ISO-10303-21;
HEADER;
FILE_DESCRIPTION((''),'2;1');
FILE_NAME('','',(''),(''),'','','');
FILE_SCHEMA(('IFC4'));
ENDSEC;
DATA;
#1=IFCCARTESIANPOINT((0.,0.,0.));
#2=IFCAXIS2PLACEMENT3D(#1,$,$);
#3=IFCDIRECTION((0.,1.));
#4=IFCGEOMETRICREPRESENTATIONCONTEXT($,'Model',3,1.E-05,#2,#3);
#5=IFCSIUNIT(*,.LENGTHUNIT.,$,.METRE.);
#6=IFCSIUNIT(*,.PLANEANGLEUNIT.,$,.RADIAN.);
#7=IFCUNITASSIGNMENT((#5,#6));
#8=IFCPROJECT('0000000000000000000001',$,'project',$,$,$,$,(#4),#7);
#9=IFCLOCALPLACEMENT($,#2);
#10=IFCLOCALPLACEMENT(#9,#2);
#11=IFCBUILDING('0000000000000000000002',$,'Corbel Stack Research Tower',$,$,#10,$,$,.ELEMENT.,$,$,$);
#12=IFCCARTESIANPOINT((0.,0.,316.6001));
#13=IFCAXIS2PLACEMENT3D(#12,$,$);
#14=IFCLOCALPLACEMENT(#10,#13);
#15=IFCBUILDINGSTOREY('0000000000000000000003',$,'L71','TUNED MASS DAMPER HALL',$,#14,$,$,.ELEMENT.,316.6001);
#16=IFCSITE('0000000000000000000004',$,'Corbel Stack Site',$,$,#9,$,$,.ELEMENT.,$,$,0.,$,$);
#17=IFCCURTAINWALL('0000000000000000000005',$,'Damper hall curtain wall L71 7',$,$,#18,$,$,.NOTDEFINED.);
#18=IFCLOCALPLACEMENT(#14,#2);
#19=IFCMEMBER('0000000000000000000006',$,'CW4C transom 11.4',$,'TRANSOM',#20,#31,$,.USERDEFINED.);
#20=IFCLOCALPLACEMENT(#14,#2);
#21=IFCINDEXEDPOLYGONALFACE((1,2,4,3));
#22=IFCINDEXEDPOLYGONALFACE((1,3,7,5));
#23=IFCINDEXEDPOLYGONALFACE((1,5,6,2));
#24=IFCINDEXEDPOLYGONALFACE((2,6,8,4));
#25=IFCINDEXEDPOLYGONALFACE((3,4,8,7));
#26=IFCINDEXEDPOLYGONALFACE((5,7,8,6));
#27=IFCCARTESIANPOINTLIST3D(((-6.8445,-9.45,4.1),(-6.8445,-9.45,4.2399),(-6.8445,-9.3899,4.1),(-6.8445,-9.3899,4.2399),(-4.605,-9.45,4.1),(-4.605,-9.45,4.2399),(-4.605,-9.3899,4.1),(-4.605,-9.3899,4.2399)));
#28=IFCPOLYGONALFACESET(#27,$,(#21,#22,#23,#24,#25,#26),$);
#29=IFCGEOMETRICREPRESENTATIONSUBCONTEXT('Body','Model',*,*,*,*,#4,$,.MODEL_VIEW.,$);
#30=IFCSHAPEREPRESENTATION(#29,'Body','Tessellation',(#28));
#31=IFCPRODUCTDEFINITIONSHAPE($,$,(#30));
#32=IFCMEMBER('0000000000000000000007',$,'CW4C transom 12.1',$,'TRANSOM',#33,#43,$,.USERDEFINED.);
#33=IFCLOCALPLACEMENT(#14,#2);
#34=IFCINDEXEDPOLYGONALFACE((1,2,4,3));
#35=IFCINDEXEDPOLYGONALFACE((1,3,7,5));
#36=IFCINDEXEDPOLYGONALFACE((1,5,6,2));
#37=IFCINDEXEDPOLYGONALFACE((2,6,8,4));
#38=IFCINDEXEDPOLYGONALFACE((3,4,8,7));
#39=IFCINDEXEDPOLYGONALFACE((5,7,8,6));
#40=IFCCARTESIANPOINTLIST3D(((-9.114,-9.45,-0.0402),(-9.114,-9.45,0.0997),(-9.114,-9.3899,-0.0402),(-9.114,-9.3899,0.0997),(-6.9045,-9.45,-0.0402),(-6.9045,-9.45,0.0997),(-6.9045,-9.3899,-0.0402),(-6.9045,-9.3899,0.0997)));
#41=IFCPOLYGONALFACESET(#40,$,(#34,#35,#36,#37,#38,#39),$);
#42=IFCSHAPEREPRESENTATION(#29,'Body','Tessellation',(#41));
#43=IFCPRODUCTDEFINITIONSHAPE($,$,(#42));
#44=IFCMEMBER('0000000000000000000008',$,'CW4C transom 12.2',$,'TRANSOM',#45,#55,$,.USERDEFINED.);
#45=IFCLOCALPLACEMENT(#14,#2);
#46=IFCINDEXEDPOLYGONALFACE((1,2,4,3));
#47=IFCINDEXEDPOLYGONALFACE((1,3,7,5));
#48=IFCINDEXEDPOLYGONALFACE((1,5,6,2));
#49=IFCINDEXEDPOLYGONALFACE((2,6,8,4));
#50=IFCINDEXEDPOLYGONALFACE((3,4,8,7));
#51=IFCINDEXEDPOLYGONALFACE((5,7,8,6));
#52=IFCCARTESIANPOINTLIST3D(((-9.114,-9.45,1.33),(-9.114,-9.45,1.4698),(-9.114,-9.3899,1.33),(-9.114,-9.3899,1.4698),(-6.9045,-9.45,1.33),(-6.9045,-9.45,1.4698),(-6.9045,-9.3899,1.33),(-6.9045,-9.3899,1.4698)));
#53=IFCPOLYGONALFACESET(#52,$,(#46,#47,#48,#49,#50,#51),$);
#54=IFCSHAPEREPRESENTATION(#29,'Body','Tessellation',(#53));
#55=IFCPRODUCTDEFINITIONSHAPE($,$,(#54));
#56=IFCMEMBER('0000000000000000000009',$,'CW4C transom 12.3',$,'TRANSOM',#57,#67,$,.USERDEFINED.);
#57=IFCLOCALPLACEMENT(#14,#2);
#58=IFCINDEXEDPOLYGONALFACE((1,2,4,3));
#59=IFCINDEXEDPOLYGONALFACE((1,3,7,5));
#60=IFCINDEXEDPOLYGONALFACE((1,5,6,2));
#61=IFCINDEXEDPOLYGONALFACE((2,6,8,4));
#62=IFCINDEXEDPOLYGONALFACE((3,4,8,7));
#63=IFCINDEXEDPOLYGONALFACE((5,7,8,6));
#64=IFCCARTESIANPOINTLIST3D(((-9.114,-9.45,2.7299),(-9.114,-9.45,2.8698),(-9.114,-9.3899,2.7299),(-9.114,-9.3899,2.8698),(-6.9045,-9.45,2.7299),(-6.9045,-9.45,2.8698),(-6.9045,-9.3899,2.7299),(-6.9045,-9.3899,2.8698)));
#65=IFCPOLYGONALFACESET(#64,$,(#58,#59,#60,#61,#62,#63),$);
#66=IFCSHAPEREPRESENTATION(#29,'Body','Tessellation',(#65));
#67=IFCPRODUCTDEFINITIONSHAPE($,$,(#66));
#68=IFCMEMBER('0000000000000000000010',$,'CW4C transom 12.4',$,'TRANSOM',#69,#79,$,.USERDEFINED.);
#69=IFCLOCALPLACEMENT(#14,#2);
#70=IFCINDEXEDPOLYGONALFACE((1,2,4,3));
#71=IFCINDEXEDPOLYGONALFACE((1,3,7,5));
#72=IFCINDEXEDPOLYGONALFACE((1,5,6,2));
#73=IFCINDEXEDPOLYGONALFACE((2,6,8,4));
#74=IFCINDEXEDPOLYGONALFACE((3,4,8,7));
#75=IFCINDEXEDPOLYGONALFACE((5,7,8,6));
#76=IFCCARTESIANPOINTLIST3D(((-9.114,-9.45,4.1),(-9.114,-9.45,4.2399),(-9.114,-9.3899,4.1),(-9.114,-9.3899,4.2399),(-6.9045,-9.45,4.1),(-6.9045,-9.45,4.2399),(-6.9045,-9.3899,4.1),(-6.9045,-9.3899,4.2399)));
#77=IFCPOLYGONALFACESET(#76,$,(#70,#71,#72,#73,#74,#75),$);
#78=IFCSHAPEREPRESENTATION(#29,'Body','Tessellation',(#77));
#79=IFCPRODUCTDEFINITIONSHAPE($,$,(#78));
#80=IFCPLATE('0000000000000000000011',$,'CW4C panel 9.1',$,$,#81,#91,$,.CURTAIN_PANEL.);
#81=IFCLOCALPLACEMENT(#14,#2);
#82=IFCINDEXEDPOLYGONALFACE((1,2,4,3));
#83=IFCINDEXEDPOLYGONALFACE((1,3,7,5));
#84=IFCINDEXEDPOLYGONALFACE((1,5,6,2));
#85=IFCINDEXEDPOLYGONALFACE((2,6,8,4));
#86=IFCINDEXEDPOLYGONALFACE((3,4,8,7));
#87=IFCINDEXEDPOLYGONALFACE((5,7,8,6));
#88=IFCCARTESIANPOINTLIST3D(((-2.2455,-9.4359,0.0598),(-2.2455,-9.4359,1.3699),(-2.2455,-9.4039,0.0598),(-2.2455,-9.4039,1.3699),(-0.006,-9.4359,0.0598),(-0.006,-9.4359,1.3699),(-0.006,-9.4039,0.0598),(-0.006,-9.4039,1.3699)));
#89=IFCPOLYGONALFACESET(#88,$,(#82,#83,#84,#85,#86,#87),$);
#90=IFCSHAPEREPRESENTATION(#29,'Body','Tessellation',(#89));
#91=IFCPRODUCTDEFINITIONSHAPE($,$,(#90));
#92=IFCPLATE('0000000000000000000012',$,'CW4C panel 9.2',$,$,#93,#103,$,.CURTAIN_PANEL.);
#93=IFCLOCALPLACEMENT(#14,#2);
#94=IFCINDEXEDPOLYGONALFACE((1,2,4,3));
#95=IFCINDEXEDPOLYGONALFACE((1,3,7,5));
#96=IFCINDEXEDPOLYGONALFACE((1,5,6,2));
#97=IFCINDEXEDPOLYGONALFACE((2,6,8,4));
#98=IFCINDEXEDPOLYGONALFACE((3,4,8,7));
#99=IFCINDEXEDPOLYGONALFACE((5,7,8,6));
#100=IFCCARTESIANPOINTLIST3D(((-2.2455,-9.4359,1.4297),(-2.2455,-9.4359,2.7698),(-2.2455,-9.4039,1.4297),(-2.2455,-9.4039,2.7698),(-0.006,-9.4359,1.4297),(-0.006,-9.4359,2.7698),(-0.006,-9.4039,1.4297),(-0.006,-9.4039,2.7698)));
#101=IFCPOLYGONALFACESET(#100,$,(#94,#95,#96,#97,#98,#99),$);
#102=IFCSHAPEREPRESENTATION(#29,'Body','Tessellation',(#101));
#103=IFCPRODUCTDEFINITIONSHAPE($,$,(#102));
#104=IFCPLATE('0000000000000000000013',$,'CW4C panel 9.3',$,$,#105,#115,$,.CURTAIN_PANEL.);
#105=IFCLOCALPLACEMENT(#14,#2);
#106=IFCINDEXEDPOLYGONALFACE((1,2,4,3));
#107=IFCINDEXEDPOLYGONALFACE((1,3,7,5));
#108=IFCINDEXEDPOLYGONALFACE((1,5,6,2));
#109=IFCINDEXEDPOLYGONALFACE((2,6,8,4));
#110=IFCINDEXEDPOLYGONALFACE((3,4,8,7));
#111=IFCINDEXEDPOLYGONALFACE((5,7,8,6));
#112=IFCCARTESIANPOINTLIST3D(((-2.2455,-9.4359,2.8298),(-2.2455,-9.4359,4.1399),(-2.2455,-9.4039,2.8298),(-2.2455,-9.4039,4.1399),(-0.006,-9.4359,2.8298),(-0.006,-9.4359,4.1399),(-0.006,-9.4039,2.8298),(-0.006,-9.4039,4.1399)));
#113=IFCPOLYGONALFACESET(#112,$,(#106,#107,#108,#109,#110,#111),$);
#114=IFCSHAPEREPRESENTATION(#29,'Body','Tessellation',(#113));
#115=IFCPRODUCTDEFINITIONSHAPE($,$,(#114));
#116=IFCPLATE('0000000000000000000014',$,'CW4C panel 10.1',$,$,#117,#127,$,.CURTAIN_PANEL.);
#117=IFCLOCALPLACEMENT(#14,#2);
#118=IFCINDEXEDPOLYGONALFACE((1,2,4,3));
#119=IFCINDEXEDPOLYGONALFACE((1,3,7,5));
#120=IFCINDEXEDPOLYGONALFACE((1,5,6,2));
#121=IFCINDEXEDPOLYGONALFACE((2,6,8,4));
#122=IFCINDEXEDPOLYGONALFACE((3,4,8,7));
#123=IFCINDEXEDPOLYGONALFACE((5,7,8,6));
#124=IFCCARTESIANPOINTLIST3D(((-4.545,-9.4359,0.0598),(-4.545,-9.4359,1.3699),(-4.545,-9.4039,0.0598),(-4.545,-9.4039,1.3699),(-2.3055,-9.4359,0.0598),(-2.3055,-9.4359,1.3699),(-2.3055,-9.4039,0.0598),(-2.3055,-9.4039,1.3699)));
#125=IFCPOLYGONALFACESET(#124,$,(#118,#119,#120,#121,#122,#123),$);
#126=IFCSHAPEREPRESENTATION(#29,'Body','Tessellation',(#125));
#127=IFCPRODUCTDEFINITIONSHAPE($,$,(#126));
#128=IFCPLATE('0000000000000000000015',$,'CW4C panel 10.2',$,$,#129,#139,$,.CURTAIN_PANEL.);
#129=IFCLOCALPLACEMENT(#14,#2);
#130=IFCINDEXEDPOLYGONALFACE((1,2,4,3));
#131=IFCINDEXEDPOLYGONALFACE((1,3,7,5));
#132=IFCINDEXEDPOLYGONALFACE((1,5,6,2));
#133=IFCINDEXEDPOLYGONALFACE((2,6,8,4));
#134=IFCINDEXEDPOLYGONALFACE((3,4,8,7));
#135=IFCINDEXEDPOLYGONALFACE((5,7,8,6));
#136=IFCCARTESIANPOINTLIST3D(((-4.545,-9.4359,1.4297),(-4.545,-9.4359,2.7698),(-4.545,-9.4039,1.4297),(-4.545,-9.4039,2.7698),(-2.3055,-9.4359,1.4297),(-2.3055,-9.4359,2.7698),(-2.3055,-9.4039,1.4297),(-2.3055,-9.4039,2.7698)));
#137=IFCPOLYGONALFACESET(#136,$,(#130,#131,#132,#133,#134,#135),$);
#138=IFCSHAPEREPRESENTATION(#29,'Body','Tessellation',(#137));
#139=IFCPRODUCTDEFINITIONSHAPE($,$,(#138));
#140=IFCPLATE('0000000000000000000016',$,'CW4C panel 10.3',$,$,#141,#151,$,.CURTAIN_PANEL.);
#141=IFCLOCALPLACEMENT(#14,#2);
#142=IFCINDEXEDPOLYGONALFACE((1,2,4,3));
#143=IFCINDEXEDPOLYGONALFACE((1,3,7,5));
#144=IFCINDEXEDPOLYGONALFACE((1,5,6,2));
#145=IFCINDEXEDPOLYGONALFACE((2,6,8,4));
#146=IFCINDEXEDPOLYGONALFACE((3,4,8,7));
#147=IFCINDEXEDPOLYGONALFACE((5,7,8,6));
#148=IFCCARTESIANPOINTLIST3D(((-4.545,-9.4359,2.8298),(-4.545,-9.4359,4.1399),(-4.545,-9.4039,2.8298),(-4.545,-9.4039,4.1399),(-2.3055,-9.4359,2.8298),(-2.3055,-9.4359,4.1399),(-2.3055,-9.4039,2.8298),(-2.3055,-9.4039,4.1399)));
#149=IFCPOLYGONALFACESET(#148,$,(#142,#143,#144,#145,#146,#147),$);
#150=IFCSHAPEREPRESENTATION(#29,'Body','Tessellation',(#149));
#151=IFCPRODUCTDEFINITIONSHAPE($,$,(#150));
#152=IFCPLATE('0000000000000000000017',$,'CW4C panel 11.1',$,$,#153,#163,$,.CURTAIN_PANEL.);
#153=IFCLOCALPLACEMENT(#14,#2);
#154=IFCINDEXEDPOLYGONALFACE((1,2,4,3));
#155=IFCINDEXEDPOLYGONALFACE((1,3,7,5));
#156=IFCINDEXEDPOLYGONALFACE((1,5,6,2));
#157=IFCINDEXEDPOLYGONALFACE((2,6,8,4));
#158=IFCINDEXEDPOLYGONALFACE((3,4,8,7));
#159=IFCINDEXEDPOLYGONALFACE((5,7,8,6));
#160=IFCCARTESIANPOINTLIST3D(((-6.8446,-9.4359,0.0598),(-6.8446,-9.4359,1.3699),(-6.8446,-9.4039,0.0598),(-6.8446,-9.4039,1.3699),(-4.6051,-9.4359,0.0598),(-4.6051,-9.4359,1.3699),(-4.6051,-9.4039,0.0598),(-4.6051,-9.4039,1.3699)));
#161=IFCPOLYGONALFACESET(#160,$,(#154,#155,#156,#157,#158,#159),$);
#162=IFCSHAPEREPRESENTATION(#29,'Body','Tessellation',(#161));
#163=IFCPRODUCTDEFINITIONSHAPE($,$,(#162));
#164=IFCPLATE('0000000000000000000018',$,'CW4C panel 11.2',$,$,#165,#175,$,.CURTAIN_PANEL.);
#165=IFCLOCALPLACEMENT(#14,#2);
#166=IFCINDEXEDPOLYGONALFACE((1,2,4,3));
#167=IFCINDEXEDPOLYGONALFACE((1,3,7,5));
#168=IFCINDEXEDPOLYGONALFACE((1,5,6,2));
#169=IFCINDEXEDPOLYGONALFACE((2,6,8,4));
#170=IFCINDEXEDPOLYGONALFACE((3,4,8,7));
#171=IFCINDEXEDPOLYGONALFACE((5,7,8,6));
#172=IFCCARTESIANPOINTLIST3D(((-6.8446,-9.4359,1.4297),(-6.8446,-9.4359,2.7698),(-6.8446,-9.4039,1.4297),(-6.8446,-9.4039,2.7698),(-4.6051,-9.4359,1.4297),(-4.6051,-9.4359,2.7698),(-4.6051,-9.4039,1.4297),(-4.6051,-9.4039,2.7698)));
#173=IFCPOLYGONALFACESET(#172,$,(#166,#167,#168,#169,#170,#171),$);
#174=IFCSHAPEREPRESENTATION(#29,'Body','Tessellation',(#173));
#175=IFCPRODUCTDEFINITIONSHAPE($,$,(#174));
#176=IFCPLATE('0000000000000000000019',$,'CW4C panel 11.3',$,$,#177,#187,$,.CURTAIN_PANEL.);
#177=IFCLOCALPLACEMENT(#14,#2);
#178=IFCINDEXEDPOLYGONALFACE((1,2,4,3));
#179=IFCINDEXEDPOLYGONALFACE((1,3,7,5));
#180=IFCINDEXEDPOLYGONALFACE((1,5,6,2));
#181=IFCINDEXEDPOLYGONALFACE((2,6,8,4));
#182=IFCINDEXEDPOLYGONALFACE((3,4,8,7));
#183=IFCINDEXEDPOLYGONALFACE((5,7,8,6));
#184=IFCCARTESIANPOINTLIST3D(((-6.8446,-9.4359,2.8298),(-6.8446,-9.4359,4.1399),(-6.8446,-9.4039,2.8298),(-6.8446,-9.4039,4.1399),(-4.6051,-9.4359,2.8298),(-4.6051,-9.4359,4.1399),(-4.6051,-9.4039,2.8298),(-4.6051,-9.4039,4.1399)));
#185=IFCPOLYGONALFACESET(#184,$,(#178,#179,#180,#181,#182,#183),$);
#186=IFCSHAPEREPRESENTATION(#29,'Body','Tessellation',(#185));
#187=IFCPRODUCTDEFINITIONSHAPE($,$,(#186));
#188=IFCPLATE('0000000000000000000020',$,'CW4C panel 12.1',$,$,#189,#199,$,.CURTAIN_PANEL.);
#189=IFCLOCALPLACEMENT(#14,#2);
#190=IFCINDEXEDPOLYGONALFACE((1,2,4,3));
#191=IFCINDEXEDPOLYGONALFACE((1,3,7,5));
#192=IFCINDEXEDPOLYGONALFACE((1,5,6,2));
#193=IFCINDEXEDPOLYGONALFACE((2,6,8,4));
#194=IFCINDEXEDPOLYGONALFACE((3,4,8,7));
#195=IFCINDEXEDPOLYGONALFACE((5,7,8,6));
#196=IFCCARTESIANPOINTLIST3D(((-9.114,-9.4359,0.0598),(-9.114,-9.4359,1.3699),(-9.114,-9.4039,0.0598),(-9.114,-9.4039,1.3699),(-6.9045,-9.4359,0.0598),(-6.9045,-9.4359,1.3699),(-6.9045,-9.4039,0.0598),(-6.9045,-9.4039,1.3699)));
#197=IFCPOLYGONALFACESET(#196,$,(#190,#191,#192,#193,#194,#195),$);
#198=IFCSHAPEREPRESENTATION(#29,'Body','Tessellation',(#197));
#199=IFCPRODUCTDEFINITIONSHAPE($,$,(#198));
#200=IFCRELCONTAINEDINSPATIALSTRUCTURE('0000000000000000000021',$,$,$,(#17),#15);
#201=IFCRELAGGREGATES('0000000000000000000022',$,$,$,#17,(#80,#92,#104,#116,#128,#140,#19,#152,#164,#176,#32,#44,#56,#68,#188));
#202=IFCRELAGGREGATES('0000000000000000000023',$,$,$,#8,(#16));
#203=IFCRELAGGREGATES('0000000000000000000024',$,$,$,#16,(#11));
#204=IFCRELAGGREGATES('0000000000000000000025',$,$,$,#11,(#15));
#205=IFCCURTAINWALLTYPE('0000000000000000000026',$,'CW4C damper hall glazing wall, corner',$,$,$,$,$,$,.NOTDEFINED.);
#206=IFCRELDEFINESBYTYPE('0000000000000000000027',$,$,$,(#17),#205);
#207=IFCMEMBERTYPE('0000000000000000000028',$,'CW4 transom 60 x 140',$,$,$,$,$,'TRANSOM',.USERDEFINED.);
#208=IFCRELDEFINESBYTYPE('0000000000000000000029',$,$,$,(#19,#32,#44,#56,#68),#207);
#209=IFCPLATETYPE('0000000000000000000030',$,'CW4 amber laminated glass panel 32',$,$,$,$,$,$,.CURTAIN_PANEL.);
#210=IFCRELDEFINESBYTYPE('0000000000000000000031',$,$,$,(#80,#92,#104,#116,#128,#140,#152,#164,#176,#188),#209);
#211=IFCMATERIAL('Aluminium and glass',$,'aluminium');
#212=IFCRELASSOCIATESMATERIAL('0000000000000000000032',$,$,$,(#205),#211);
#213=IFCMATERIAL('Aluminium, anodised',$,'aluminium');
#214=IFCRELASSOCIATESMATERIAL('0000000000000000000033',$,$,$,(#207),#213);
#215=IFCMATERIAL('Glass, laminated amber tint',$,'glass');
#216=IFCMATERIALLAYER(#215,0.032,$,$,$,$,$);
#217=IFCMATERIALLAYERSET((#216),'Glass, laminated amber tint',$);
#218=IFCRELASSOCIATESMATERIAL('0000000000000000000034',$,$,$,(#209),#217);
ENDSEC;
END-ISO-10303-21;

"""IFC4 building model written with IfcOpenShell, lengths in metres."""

from ifc_helpers import new_model, si_unit, direction, frame, origin, origin_2d, place, context, subcontext, project, spatial, rectangle, extrude, material, layer, layer_set, material_profile, profile_set, type_object, element, aggregate, save


model = new_model("IFC4")

# Units and contexts
model_context = context("Model", 3, precision=1e-05, world=origin(), true_north=direction((0.0, 1.0)))
body_context = subcontext(model_context, "Body", "Model", "MODEL_VIEW")
ifc_project = project(units=[si_unit("LENGTHUNIT", "METRE"), si_unit("PLANEANGLEUNIT", "RADIAN")], contexts=[model_context])

# Site, building, storey
site_placement = place(None, origin())
site = spatial("IfcSite", under=ifc_project, at=site_placement, Name="Corbel Stack Site", CompositionType="ELEMENT", RefElevation=0.0)
building_placement = place(site_placement, origin())
building = spatial("IfcBuilding", under=site, at=building_placement, Name="Corbel Stack Research Tower", CompositionType="ELEMENT")
storey_placement = place(building_placement, frame((0.0, 0.0, 316.6001)))
storey = spatial("IfcBuildingStorey", under=building, at=storey_placement, Name="L71", Description="TUNED MASS DAMPER HALL", CompositionType="ELEMENT", Elevation=316.6001)

# Curtain wall, members, plates
ifc_material_1 = material(Name="Aluminium and glass", Category="aluminium")
curtain_wall_type = type_object("IfcCurtainWallType", Name="CW4C damper hall glazing wall, corner", PredefinedType="NOTDEFINED", material=ifc_material_1)
curtain_wall_placement = place(storey_placement, origin())
curtain_wall = element("IfcCurtainWall", 1, at=curtain_wall_placement, inside=storey, type_object=curtain_wall_type, Name="Damper hall curtain wall L71 7", PredefinedType="NOTDEFINED")
ifc_material_2 = material(Name="Aluminium, anodised", Category="aluminium")
ifc_material_profile_1 = material_profile(ifc_material_2, rectangle(XDim=0.0601, YDim=0.1399, at=origin_2d()), Name="CW4 transom 60 x 140")
ifc_profile_set_1 = profile_set([ifc_material_profile_1], Name="Aluminium, anodised")
member_type_1 = type_object("IfcMemberType", Name="CW4 transom 60 x 140", ElementType="TRANSOM", PredefinedType="USERDEFINED", material=ifc_profile_set_1)
member_1_placement = place(storey_placement, frame((-4.605, -9.4199, 4.1699), z_axis=(-1.0, 0.0, 0.0), x_axis=(0.0, -1.0, 0.0)))
member_1 = element("IfcMember", 2, at=member_1_placement, type_object=member_type_1, Name="CW4C transom 11.4", ObjectType="TRANSOM", PredefinedType="USERDEFINED", context=body_context, shape_type="SweptSolid", body=[
    extrude(rectangle(XDim=0.0601, YDim=0.1399, at=origin_2d()), origin(), (0.0, 0.0, 1.0), 2.2395),
])
member_2_placement = place(storey_placement, frame((-6.9045, -9.4199, 0.0298), z_axis=(-1.0, 0.0, 0.0), x_axis=(0.0, -1.0, 0.0)))
member_2 = element("IfcMember", 3, at=member_2_placement, type_object=member_type_1, Name="CW4C transom 12.1", ObjectType="TRANSOM", PredefinedType="USERDEFINED", context=body_context, shape_type="SweptSolid", body=[
    extrude(rectangle(XDim=0.0601, YDim=0.1399, at=origin_2d()), origin(), (0.0, 0.0, 1.0), 2.2095),
])
member_3_placement = place(storey_placement, frame((-6.9045, -9.4199, 1.3999), z_axis=(-1.0, 0.0, 0.0), x_axis=(0.0, -1.0, 0.0)))
member_3 = element("IfcMember", 4, at=member_3_placement, type_object=member_type_1, Name="CW4C transom 12.2", ObjectType="TRANSOM", PredefinedType="USERDEFINED", context=body_context, shape_type="SweptSolid", body=[
    extrude(rectangle(XDim=0.0601, YDim=0.1399, at=origin_2d()), origin(), (0.0, 0.0, 1.0), 2.2095),
])
member_4_placement = place(storey_placement, frame((-6.9045, -9.4199, 2.7998), z_axis=(-1.0, 0.0, 0.0), x_axis=(0.0, -1.0, 0.0)))
member_4 = element("IfcMember", 5, at=member_4_placement, type_object=member_type_1, Name="CW4C transom 12.3", ObjectType="TRANSOM", PredefinedType="USERDEFINED", context=body_context, shape_type="SweptSolid", body=[
    extrude(rectangle(XDim=0.0601, YDim=0.1399, at=origin_2d()), origin(), (0.0, 0.0, 1.0), 2.2095),
])
member_5_placement = place(storey_placement, frame((-6.9045, -9.4199, 4.1699), z_axis=(-1.0, 0.0, 0.0), x_axis=(0.0, -1.0, 0.0)))
member_5 = element("IfcMember", 6, at=member_5_placement, type_object=member_type_1, Name="CW4C transom 12.4", ObjectType="TRANSOM", PredefinedType="USERDEFINED", context=body_context, shape_type="SweptSolid", body=[
    extrude(rectangle(XDim=0.0601, YDim=0.1399, at=origin_2d()), origin(), (0.0, 0.0, 1.0), 2.2095),
])
ifc_material_3 = material(Name="Glass, laminated amber tint", Category="glass")
ifc_layer_1 = layer(ifc_material_3, 0.032)
ifc_layer_set_1 = layer_set([ifc_layer_1], Name="Glass, laminated amber tint")
plate_type = type_object("IfcPlateType", Name="CW4 amber laminated glass panel 32", PredefinedType="CURTAIN_PANEL", material=ifc_layer_set_1)
plate_1_placement = place(storey_placement, frame((-1.1257, -9.4199, 0.0598), z_axis=(0.0, 0.0, 1.0), x_axis=(-1.0, 0.0, 0.0)))
plate_1 = element("IfcPlate", 7, at=plate_1_placement, type_object=plate_type, Name="CW4C panel 9.1", PredefinedType="CURTAIN_PANEL", context=body_context, shape_type="SweptSolid", body=[
    extrude(rectangle(XDim=2.2395, YDim=0.032, at=origin_2d()), origin(), (0.0, 0.0, 1.0), 1.3101),
])
plate_2_placement = place(storey_placement, frame((-1.1257, -9.4199, 1.4297), z_axis=(0.0, 0.0, 1.0), x_axis=(-1.0, 0.0, 0.0)))
plate_2 = element("IfcPlate", 8, at=plate_2_placement, type_object=plate_type, Name="CW4C panel 9.2", PredefinedType="CURTAIN_PANEL", context=body_context, shape_type="SweptSolid", body=[
    extrude(rectangle(XDim=2.2395, YDim=0.032, at=origin_2d()), origin(), (0.0, 0.0, 1.0), 1.3401),
])
plate_3_placement = place(storey_placement, frame((-1.1257, -9.4199, 2.8298), z_axis=(0.0, 0.0, 1.0), x_axis=(-1.0, 0.0, 0.0)))
plate_3 = element("IfcPlate", 9, at=plate_3_placement, type_object=plate_type, Name="CW4C panel 9.3", PredefinedType="CURTAIN_PANEL", context=body_context, shape_type="SweptSolid", body=[
    extrude(rectangle(XDim=2.2395, YDim=0.032, at=origin_2d()), origin(), (0.0, 0.0, 1.0), 1.3101),
])
plate_4_placement = place(storey_placement, frame((-3.4253, -9.4199, 0.0598), z_axis=(0.0, 0.0, 1.0), x_axis=(-1.0, 0.0, 0.0)))
plate_4 = element("IfcPlate", 10, at=plate_4_placement, type_object=plate_type, Name="CW4C panel 10.1", PredefinedType="CURTAIN_PANEL", context=body_context, shape_type="SweptSolid", body=[
    extrude(rectangle(XDim=2.2395, YDim=0.032, at=origin_2d()), origin(), (0.0, 0.0, 1.0), 1.3101),
])
plate_5_placement = place(storey_placement, frame((-3.4253, -9.4199, 1.4297), z_axis=(0.0, 0.0, 1.0), x_axis=(-1.0, 0.0, 0.0)))
plate_5 = element("IfcPlate", 11, at=plate_5_placement, type_object=plate_type, Name="CW4C panel 10.2", PredefinedType="CURTAIN_PANEL", context=body_context, shape_type="SweptSolid", body=[
    extrude(rectangle(XDim=2.2395, YDim=0.032, at=origin_2d()), origin(), (0.0, 0.0, 1.0), 1.3401),
])
plate_6_placement = place(storey_placement, frame((-3.4253, -9.4199, 2.8298), z_axis=(0.0, 0.0, 1.0), x_axis=(-1.0, 0.0, 0.0)))
plate_6 = element("IfcPlate", 12, at=plate_6_placement, type_object=plate_type, Name="CW4C panel 10.3", PredefinedType="CURTAIN_PANEL", context=body_context, shape_type="SweptSolid", body=[
    extrude(rectangle(XDim=2.2395, YDim=0.032, at=origin_2d()), origin(), (0.0, 0.0, 1.0), 1.3101),
])
plate_7_placement = place(storey_placement, frame((-5.7249, -9.4199, 0.0598), z_axis=(0.0, 0.0, 1.0), x_axis=(-1.0, 0.0, 0.0)))
plate_7 = element("IfcPlate", 13, at=plate_7_placement, type_object=plate_type, Name="CW4C panel 11.1", PredefinedType="CURTAIN_PANEL", context=body_context, shape_type="SweptSolid", body=[
    extrude(rectangle(XDim=2.2395, YDim=0.032, at=origin_2d()), origin(), (0.0, 0.0, 1.0), 1.3101),
])
plate_8_placement = place(storey_placement, frame((-5.7249, -9.4199, 1.4297), z_axis=(0.0, 0.0, 1.0), x_axis=(-1.0, 0.0, 0.0)))
plate_8 = element("IfcPlate", 14, at=plate_8_placement, type_object=plate_type, Name="CW4C panel 11.2", PredefinedType="CURTAIN_PANEL", context=body_context, shape_type="SweptSolid", body=[
    extrude(rectangle(XDim=2.2395, YDim=0.032, at=origin_2d()), origin(), (0.0, 0.0, 1.0), 1.3401),
])
plate_9_placement = place(storey_placement, frame((-5.7249, -9.4199, 2.8298), z_axis=(0.0, 0.0, 1.0), x_axis=(-1.0, 0.0, 0.0)))
plate_9 = element("IfcPlate", 15, at=plate_9_placement, type_object=plate_type, Name="CW4C panel 11.3", PredefinedType="CURTAIN_PANEL", context=body_context, shape_type="SweptSolid", body=[
    extrude(rectangle(XDim=2.2395, YDim=0.032, at=origin_2d()), origin(), (0.0, 0.0, 1.0), 1.3101),
])
plate_10_placement = place(storey_placement, frame((-8.0093, -9.4199, 0.0598), z_axis=(0.0, 0.0, 1.0), x_axis=(-1.0, 0.0, 0.0)))
plate_10 = element("IfcPlate", 16, at=plate_10_placement, type_object=plate_type, Name="CW4C panel 12.1", PredefinedType="CURTAIN_PANEL", context=body_context, shape_type="SweptSolid", body=[
    extrude(rectangle(XDim=2.2095, YDim=0.032, at=origin_2d()), origin(), (0.0, 0.0, 1.0), 1.3101),
])
aggregate(curtain_wall, [plate_1, plate_2, plate_3, plate_4, plate_5, plate_6, member_1, plate_7, plate_8, plate_9, member_2, member_3, member_4, member_5, plate_10])

save(model, "model.ifc")
